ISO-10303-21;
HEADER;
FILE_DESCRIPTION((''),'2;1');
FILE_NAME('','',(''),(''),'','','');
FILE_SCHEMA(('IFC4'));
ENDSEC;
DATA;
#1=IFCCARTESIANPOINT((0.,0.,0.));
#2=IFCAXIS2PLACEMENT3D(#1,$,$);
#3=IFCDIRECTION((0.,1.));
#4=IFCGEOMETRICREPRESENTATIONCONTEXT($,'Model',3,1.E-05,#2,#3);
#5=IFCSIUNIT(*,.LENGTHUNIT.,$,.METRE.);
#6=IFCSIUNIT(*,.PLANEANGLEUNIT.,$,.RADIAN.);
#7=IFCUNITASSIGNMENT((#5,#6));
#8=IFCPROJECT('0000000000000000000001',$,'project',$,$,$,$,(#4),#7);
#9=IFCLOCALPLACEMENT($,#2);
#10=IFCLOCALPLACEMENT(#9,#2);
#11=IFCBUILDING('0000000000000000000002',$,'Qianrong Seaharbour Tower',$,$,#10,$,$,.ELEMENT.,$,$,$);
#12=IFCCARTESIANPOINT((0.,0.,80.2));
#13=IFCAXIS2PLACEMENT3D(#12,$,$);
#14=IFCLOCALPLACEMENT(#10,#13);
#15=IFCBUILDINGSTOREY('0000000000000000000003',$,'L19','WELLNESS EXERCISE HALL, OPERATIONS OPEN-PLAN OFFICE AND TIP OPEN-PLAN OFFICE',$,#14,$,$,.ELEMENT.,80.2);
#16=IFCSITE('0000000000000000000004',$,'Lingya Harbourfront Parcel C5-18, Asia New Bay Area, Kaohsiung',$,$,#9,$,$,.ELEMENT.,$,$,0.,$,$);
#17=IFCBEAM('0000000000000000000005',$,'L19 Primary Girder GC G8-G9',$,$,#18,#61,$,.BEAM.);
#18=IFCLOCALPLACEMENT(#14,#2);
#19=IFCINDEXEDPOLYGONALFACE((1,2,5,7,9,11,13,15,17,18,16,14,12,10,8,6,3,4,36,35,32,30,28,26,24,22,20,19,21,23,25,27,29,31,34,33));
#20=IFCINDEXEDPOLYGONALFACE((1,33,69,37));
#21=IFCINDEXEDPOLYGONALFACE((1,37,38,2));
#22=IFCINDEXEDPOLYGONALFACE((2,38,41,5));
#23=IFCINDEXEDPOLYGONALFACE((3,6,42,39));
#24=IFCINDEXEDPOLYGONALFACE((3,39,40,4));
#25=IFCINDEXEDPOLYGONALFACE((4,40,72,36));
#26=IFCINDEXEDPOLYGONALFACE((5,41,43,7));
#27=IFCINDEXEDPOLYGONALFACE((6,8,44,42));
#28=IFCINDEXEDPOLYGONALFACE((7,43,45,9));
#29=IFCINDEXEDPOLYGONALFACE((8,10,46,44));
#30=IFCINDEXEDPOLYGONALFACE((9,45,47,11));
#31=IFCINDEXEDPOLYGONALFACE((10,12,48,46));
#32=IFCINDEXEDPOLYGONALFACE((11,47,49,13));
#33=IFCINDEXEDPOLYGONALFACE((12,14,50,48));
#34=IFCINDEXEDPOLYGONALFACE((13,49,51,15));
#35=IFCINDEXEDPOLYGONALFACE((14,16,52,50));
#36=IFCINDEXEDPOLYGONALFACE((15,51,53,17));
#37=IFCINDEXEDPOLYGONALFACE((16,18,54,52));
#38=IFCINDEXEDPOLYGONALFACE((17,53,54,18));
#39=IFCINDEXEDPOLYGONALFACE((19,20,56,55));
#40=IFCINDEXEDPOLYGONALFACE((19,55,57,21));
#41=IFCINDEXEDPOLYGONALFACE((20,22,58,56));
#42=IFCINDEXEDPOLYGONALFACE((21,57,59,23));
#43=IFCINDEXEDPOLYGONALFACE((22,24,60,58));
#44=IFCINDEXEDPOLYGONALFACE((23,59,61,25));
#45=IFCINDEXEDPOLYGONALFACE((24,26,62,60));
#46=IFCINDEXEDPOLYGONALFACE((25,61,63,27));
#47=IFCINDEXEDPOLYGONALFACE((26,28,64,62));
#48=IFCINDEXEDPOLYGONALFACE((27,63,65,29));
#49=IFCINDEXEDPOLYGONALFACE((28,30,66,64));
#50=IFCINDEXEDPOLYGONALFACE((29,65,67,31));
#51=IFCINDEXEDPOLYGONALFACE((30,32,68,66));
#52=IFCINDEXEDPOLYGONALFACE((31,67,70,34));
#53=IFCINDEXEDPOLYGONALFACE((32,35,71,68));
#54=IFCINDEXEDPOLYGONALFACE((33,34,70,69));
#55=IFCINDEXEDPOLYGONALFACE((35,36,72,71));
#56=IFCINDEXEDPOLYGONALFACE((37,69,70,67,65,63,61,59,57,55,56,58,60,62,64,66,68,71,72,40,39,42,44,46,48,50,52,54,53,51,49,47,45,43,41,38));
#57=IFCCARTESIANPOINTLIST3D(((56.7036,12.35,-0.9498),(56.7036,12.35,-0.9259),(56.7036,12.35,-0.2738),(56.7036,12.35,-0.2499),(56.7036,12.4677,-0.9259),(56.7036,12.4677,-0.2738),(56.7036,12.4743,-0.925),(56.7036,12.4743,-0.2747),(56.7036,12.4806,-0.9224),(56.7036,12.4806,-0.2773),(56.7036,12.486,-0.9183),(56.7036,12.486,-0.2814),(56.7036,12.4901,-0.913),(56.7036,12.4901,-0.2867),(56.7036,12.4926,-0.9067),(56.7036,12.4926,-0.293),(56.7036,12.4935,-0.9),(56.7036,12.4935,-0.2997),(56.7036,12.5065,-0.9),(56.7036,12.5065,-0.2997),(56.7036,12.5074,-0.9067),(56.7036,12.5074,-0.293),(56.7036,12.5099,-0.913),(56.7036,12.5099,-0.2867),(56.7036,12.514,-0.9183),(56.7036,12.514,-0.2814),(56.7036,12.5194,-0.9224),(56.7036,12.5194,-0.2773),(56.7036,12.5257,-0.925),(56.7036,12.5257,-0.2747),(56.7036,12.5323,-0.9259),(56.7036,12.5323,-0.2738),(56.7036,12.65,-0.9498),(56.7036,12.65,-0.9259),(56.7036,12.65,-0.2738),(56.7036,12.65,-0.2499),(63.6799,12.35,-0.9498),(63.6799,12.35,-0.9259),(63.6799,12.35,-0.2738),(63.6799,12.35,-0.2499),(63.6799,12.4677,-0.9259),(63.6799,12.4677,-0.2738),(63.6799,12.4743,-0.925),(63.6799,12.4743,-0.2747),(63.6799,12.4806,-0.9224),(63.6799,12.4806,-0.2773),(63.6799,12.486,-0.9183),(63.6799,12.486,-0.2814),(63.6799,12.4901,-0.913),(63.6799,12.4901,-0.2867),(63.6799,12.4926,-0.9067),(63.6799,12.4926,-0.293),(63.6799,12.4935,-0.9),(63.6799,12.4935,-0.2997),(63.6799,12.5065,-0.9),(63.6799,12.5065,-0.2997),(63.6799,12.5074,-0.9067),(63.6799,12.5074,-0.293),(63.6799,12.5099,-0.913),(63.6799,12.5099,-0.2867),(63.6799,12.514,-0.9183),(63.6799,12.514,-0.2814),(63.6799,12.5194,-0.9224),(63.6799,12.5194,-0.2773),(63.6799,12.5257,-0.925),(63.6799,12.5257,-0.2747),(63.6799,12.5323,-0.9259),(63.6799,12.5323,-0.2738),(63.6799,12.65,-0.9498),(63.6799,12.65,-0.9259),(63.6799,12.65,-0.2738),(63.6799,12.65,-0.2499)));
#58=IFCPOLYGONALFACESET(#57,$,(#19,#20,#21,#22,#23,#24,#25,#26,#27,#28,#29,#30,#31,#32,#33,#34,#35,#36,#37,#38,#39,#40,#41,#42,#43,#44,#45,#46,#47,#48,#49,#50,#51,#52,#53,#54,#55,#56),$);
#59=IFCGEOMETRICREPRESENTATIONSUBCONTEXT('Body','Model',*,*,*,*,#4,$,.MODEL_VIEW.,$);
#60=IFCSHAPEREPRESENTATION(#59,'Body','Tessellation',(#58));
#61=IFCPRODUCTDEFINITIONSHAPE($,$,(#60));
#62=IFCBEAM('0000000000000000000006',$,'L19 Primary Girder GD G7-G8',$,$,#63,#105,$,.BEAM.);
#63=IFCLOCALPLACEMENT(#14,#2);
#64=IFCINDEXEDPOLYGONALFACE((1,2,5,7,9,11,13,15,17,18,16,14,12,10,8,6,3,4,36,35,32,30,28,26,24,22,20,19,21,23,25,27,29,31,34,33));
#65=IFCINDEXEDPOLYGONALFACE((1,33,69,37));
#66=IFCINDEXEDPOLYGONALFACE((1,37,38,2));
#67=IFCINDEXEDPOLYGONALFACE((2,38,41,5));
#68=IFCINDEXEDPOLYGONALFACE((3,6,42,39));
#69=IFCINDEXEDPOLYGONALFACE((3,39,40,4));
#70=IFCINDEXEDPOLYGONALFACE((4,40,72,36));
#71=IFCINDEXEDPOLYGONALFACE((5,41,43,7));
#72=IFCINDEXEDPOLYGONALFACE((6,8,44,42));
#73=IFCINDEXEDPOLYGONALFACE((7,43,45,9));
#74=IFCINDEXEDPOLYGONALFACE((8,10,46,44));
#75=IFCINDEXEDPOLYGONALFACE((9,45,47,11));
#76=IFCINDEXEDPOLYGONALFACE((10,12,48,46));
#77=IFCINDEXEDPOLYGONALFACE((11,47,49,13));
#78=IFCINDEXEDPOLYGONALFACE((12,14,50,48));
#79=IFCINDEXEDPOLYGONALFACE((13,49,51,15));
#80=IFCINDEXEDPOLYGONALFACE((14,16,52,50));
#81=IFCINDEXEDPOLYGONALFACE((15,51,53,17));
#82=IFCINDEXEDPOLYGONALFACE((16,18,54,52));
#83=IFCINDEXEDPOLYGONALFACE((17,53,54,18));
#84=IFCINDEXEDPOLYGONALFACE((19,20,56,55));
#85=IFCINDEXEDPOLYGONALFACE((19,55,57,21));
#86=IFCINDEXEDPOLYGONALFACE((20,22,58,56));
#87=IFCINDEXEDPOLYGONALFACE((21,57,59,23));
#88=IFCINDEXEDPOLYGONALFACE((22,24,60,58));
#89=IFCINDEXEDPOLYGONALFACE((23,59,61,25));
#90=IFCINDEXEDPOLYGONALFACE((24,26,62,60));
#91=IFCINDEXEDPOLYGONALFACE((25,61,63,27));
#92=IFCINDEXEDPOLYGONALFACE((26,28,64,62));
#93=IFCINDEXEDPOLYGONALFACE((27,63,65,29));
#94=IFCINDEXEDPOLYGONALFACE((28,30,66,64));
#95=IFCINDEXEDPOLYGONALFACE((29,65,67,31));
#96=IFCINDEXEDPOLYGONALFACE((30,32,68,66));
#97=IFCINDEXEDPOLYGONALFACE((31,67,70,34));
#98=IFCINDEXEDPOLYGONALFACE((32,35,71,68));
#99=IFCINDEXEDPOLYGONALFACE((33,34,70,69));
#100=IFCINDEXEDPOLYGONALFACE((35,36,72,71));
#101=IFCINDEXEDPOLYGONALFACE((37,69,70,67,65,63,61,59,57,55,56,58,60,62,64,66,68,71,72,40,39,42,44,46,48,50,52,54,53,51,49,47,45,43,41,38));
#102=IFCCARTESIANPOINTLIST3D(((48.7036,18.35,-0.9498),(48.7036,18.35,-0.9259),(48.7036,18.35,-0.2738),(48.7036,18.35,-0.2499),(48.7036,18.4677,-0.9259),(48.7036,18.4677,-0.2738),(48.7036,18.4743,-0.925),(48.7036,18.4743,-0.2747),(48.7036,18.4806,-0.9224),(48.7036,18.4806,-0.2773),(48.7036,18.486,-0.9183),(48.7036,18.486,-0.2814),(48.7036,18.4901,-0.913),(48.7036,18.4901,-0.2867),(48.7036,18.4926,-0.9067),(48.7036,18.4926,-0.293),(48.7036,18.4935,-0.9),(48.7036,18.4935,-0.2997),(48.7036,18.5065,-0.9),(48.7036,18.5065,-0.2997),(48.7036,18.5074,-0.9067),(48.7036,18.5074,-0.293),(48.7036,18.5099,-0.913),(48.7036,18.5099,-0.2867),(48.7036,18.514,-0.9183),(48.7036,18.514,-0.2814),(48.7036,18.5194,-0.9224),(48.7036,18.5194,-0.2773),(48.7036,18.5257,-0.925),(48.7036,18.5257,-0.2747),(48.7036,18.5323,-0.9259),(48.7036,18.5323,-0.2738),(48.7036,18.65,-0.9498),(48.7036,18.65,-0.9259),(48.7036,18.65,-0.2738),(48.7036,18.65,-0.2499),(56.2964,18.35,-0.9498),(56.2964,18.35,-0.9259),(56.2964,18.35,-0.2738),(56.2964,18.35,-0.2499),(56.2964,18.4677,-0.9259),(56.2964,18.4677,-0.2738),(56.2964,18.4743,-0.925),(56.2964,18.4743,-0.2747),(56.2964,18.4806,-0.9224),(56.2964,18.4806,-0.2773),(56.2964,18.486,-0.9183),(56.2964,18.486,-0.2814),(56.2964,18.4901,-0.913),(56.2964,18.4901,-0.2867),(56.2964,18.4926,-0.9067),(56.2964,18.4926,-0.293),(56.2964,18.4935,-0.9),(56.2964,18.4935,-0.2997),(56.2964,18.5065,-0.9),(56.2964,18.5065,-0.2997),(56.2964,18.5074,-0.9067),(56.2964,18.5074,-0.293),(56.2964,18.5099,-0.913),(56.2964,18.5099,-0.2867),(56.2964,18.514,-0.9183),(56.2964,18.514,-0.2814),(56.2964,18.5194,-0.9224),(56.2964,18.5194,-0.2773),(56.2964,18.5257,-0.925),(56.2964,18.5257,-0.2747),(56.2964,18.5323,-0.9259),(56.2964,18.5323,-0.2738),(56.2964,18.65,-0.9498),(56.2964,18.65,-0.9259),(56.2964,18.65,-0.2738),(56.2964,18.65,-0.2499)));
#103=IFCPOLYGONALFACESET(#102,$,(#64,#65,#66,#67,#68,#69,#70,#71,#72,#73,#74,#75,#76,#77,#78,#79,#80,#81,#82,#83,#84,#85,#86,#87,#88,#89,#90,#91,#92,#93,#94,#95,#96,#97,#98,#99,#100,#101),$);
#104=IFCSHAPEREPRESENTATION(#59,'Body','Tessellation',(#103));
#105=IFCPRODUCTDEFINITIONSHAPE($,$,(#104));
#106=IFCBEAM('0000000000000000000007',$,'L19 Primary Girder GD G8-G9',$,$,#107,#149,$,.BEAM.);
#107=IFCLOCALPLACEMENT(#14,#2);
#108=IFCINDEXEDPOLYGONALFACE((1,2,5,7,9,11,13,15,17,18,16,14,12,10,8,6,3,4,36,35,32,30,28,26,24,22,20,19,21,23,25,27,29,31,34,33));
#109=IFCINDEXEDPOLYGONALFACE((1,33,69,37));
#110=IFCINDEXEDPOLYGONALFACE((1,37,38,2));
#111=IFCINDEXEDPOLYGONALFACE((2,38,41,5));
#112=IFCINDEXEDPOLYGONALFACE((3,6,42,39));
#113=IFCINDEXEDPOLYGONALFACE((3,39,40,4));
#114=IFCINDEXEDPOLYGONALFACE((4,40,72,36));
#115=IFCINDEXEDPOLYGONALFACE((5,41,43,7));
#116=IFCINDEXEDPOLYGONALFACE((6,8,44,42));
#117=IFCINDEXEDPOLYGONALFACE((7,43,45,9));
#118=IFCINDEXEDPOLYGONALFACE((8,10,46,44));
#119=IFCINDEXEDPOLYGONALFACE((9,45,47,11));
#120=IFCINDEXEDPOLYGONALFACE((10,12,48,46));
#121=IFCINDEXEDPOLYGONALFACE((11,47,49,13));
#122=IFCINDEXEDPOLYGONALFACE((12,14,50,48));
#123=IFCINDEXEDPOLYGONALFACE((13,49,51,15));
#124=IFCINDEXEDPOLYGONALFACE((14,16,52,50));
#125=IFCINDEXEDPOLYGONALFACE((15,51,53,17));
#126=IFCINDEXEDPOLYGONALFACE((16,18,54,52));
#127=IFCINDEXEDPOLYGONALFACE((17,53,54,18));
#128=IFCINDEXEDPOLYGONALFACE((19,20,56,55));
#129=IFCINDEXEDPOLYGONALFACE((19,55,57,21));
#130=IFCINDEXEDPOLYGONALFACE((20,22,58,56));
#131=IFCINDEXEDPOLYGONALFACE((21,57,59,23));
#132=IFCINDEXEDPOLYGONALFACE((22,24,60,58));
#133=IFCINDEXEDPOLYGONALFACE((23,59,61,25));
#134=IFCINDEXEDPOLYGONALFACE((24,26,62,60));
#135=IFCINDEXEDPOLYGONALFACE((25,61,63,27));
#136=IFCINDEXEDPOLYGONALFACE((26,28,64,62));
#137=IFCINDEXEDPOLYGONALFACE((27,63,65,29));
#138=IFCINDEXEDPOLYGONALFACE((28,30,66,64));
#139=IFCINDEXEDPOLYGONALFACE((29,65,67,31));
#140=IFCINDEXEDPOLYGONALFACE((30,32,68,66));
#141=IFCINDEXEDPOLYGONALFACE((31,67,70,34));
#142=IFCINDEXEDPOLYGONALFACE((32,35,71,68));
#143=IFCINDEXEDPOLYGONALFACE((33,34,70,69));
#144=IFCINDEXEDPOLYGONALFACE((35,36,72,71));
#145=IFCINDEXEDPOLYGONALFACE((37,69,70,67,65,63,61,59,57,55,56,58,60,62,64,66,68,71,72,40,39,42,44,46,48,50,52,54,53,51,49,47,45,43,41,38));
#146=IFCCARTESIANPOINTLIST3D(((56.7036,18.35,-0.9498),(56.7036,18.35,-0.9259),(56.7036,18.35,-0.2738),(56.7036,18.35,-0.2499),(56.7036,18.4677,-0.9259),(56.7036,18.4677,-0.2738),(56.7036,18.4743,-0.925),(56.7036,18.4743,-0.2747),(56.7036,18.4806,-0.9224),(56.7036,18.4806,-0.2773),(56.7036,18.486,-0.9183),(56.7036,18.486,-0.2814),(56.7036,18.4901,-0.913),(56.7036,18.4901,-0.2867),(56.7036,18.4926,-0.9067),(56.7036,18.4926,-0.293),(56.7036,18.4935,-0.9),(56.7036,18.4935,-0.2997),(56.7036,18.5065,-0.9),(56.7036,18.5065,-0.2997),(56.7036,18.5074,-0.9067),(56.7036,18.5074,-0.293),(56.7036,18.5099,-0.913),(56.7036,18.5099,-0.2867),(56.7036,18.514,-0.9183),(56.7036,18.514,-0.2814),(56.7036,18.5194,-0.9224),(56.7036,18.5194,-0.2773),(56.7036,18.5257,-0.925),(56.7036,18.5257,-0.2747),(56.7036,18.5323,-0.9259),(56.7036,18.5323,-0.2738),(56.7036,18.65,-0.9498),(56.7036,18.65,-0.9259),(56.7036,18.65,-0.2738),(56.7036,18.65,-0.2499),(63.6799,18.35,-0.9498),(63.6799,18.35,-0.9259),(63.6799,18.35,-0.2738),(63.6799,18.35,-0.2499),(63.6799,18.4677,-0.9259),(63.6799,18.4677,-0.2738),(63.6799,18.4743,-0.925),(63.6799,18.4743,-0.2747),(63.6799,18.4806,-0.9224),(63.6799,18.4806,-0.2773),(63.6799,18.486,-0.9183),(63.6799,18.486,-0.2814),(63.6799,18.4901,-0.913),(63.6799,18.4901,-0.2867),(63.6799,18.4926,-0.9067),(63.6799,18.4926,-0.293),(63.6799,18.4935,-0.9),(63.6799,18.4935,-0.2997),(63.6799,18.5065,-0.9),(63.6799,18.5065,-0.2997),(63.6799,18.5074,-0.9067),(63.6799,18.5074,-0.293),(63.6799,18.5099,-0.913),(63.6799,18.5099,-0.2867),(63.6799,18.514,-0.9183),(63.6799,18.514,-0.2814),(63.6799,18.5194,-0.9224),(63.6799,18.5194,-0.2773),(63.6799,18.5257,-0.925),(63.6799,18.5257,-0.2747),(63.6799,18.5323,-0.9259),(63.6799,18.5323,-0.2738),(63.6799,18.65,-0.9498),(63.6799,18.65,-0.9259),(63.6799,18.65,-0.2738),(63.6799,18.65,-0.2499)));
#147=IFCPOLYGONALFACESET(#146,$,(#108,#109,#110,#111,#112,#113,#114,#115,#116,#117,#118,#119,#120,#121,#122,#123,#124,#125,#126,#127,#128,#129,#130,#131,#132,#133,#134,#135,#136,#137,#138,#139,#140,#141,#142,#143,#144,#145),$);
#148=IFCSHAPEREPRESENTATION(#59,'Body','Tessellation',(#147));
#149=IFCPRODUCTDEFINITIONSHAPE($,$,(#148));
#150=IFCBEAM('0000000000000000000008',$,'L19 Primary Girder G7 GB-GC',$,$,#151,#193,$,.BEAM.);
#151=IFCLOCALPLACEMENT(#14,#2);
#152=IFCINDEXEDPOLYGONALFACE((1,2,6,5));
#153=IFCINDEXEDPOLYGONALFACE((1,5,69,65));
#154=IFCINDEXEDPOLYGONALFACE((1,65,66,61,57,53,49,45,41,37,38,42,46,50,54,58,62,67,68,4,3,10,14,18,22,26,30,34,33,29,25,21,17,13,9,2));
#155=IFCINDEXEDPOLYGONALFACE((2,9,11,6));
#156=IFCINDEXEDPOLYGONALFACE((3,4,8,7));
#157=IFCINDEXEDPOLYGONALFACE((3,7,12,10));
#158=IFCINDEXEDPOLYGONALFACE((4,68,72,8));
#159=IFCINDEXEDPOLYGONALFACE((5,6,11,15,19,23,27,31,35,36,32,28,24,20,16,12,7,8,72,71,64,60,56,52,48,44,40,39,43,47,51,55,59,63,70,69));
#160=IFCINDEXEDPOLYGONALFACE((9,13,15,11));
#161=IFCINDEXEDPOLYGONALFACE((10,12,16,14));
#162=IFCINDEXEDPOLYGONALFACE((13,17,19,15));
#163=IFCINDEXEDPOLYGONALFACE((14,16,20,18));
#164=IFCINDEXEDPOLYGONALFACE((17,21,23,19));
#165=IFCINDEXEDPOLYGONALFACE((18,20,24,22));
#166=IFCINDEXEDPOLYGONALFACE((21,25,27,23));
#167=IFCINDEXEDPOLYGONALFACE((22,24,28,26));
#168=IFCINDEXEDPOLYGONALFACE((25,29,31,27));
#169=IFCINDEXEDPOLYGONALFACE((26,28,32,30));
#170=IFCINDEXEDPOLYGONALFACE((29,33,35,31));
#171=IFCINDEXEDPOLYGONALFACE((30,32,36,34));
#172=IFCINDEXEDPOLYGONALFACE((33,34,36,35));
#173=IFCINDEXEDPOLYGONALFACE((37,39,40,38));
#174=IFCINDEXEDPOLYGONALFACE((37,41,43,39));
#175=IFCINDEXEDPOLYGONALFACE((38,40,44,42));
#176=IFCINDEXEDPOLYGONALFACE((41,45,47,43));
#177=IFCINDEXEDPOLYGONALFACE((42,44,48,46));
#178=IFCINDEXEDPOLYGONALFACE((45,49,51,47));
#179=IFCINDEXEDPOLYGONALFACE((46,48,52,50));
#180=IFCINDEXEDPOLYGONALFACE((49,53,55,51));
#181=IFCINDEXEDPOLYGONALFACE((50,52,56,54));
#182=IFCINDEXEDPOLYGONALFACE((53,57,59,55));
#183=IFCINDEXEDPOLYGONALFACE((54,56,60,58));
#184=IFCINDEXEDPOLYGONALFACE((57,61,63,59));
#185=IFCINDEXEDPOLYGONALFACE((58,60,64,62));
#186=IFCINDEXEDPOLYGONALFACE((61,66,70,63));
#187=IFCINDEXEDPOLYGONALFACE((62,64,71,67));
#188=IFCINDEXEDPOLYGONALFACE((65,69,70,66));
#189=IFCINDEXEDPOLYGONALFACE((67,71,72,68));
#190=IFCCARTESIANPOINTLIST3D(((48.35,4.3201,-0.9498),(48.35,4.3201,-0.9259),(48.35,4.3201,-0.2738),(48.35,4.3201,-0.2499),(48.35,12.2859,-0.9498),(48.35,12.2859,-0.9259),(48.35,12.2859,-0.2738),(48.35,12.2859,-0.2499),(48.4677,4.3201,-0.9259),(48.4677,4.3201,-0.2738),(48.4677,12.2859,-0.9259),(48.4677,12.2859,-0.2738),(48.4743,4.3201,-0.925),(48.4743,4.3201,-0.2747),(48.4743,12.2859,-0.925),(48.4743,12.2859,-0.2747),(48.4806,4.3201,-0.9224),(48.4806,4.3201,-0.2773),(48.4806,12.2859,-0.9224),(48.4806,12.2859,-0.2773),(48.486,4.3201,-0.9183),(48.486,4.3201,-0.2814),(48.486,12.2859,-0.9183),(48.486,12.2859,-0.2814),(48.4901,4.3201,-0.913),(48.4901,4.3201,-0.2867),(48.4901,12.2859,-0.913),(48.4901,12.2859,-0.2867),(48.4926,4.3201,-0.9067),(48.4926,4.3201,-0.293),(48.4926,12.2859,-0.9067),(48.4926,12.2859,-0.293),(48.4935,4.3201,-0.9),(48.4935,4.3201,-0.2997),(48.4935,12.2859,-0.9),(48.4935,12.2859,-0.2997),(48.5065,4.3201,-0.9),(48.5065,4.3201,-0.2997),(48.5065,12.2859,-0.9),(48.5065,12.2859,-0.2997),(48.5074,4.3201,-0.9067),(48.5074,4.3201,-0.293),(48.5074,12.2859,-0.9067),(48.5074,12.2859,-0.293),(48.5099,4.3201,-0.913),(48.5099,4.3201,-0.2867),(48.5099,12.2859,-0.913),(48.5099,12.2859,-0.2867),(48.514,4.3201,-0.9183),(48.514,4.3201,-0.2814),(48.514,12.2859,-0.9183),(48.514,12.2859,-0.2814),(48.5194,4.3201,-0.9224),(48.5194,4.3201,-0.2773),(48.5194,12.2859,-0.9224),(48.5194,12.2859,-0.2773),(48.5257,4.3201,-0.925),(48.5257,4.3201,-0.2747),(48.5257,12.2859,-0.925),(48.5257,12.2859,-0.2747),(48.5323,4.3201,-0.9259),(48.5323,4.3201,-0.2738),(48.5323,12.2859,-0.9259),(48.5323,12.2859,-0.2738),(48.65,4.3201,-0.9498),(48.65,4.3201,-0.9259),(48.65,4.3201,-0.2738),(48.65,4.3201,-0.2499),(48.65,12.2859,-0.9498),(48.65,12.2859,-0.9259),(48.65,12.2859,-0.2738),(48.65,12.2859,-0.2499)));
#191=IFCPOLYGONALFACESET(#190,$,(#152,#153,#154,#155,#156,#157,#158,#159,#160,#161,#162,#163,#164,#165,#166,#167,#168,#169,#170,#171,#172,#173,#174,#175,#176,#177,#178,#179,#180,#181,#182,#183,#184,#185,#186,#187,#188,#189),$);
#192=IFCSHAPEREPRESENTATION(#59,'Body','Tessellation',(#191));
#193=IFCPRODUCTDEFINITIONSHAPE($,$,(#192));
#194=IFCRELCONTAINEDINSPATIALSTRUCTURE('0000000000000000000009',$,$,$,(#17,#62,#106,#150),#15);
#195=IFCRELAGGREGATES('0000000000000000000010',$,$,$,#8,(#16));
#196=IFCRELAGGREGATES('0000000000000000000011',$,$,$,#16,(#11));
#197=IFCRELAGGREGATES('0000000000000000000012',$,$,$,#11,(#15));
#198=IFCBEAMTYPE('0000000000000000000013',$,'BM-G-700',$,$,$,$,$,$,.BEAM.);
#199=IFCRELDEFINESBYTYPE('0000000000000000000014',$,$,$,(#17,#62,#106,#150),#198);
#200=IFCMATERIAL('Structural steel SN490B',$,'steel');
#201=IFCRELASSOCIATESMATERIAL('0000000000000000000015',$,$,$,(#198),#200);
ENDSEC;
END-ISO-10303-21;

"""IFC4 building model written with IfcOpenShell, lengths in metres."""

from ifc_helpers import new_model, si_unit, direction, frame, origin, origin_2d, place, context, subcontext, project, spatial, i_section, extrude, material, material_profile, profile_set, type_object, element, save


model = new_model("IFC4")

# Units and contexts
model_context = context("Model", 3, precision=1e-05, world=origin(), true_north=direction((0.0, 1.0)))
body_context = subcontext(model_context, "Body", "Model", "MODEL_VIEW")
ifc_project = project(units=[si_unit("LENGTHUNIT", "METRE"), si_unit("PLANEANGLEUNIT", "RADIAN")], contexts=[model_context])

# Site, building, storey
site_placement = place(None, origin())
site = spatial("IfcSite", under=ifc_project, at=site_placement, Name="Lingya Harbourfront Parcel C5-18, Asia New Bay Area, Kaohsiung", CompositionType="ELEMENT", RefElevation=0.0)
building_placement = place(site_placement, origin())
building = spatial("IfcBuilding", under=site, at=building_placement, Name="Qianrong Seaharbour Tower", CompositionType="ELEMENT")
storey_placement = place(building_placement, frame((0.0, 0.0, 80.2)))
storey = spatial("IfcBuildingStorey", under=building, at=storey_placement, Name="L19", Description="WELLNESS EXERCISE HALL, OPERATIONS OPEN-PLAN OFFICE AND TIP OPEN-PLAN OFFICE", CompositionType="ELEMENT", Elevation=80.2)

# Shared definitions
ifc_material_1 = material(Name="Structural steel SN490B", Category="steel")

# Beams
ifc_material_profile_1 = material_profile(ifc_material_1, i_section(OverallWidth=0.3, OverallDepth=0.7, WebThickness=0.0129, FlangeThickness=0.0239, FilletRadius=0.0259, at=origin_2d()), Name="H700x300x13x24")
ifc_profile_set_1 = profile_set([ifc_material_profile_1], Name="Structural steel SN490B")
beam_type_1 = type_object("IfcBeamType", Name="BM-G-700", PredefinedType="BEAM", material=ifc_profile_set_1)
beam_1_placement = place(storey_placement, frame((56.7036, 12.5, -0.5999), z_axis=(1.0, 0.0, 0.0), x_axis=(0.0, 1.0, 0.0)))
element("IfcBeam", 1, at=beam_1_placement, inside=storey, type_object=beam_type_1, Name="L19 Primary Girder GC G8-G9", PredefinedType="BEAM", context=body_context, shape_type="SweptSolid", body=[
    extrude(i_section(OverallWidth=0.3, OverallDepth=0.7, WebThickness=0.0129, FlangeThickness=0.0239, FilletRadius=0.0259, at=origin_2d()), origin(), (0.0, 0.0, 1.0), 6.9763),
])
beam_2_placement = place(storey_placement, frame((48.7036, 18.5, -0.5999), z_axis=(1.0, 0.0, 0.0), x_axis=(0.0, 1.0, 0.0)))
element("IfcBeam", 2, at=beam_2_placement, inside=storey, type_object=beam_type_1, Name="L19 Primary Girder GD G7-G8", PredefinedType="BEAM", context=body_context, shape_type="SweptSolid", body=[
    extrude(i_section(OverallWidth=0.3, OverallDepth=0.7, WebThickness=0.0129, FlangeThickness=0.0239, FilletRadius=0.0259, at=origin_2d()), origin(), (0.0, 0.0, 1.0), 7.5928),
])
beam_3_placement = place(storey_placement, frame((56.7036, 18.5, -0.5999), z_axis=(1.0, 0.0, 0.0), x_axis=(0.0, 1.0, 0.0)))
element("IfcBeam", 3, at=beam_3_placement, inside=storey, type_object=beam_type_1, Name="L19 Primary Girder GD G8-G9", PredefinedType="BEAM", context=body_context, shape_type="SweptSolid", body=[
    extrude(i_section(OverallWidth=0.3, OverallDepth=0.7, WebThickness=0.0129, FlangeThickness=0.0239, FilletRadius=0.0259, at=origin_2d()), origin(), (0.0, 0.0, 1.0), 6.9763),
])
beam_4_placement = place(storey_placement, frame((48.5, 4.3201, -0.5999), z_axis=(0.0, 1.0, 0.0), x_axis=(-1.0, 0.0, 0.0)))
element("IfcBeam", 4, at=beam_4_placement, inside=storey, type_object=beam_type_1, Name="L19 Primary Girder G7 GB-GC", PredefinedType="BEAM", context=body_context, shape_type="SweptSolid", body=[
    extrude(i_section(OverallWidth=0.3, OverallDepth=0.7, WebThickness=0.0129, FlangeThickness=0.0239, FilletRadius=0.0259, at=origin_2d()), origin(), (0.0, 0.0, 1.0), 7.9658),
])

save(model, "model.ifc")
